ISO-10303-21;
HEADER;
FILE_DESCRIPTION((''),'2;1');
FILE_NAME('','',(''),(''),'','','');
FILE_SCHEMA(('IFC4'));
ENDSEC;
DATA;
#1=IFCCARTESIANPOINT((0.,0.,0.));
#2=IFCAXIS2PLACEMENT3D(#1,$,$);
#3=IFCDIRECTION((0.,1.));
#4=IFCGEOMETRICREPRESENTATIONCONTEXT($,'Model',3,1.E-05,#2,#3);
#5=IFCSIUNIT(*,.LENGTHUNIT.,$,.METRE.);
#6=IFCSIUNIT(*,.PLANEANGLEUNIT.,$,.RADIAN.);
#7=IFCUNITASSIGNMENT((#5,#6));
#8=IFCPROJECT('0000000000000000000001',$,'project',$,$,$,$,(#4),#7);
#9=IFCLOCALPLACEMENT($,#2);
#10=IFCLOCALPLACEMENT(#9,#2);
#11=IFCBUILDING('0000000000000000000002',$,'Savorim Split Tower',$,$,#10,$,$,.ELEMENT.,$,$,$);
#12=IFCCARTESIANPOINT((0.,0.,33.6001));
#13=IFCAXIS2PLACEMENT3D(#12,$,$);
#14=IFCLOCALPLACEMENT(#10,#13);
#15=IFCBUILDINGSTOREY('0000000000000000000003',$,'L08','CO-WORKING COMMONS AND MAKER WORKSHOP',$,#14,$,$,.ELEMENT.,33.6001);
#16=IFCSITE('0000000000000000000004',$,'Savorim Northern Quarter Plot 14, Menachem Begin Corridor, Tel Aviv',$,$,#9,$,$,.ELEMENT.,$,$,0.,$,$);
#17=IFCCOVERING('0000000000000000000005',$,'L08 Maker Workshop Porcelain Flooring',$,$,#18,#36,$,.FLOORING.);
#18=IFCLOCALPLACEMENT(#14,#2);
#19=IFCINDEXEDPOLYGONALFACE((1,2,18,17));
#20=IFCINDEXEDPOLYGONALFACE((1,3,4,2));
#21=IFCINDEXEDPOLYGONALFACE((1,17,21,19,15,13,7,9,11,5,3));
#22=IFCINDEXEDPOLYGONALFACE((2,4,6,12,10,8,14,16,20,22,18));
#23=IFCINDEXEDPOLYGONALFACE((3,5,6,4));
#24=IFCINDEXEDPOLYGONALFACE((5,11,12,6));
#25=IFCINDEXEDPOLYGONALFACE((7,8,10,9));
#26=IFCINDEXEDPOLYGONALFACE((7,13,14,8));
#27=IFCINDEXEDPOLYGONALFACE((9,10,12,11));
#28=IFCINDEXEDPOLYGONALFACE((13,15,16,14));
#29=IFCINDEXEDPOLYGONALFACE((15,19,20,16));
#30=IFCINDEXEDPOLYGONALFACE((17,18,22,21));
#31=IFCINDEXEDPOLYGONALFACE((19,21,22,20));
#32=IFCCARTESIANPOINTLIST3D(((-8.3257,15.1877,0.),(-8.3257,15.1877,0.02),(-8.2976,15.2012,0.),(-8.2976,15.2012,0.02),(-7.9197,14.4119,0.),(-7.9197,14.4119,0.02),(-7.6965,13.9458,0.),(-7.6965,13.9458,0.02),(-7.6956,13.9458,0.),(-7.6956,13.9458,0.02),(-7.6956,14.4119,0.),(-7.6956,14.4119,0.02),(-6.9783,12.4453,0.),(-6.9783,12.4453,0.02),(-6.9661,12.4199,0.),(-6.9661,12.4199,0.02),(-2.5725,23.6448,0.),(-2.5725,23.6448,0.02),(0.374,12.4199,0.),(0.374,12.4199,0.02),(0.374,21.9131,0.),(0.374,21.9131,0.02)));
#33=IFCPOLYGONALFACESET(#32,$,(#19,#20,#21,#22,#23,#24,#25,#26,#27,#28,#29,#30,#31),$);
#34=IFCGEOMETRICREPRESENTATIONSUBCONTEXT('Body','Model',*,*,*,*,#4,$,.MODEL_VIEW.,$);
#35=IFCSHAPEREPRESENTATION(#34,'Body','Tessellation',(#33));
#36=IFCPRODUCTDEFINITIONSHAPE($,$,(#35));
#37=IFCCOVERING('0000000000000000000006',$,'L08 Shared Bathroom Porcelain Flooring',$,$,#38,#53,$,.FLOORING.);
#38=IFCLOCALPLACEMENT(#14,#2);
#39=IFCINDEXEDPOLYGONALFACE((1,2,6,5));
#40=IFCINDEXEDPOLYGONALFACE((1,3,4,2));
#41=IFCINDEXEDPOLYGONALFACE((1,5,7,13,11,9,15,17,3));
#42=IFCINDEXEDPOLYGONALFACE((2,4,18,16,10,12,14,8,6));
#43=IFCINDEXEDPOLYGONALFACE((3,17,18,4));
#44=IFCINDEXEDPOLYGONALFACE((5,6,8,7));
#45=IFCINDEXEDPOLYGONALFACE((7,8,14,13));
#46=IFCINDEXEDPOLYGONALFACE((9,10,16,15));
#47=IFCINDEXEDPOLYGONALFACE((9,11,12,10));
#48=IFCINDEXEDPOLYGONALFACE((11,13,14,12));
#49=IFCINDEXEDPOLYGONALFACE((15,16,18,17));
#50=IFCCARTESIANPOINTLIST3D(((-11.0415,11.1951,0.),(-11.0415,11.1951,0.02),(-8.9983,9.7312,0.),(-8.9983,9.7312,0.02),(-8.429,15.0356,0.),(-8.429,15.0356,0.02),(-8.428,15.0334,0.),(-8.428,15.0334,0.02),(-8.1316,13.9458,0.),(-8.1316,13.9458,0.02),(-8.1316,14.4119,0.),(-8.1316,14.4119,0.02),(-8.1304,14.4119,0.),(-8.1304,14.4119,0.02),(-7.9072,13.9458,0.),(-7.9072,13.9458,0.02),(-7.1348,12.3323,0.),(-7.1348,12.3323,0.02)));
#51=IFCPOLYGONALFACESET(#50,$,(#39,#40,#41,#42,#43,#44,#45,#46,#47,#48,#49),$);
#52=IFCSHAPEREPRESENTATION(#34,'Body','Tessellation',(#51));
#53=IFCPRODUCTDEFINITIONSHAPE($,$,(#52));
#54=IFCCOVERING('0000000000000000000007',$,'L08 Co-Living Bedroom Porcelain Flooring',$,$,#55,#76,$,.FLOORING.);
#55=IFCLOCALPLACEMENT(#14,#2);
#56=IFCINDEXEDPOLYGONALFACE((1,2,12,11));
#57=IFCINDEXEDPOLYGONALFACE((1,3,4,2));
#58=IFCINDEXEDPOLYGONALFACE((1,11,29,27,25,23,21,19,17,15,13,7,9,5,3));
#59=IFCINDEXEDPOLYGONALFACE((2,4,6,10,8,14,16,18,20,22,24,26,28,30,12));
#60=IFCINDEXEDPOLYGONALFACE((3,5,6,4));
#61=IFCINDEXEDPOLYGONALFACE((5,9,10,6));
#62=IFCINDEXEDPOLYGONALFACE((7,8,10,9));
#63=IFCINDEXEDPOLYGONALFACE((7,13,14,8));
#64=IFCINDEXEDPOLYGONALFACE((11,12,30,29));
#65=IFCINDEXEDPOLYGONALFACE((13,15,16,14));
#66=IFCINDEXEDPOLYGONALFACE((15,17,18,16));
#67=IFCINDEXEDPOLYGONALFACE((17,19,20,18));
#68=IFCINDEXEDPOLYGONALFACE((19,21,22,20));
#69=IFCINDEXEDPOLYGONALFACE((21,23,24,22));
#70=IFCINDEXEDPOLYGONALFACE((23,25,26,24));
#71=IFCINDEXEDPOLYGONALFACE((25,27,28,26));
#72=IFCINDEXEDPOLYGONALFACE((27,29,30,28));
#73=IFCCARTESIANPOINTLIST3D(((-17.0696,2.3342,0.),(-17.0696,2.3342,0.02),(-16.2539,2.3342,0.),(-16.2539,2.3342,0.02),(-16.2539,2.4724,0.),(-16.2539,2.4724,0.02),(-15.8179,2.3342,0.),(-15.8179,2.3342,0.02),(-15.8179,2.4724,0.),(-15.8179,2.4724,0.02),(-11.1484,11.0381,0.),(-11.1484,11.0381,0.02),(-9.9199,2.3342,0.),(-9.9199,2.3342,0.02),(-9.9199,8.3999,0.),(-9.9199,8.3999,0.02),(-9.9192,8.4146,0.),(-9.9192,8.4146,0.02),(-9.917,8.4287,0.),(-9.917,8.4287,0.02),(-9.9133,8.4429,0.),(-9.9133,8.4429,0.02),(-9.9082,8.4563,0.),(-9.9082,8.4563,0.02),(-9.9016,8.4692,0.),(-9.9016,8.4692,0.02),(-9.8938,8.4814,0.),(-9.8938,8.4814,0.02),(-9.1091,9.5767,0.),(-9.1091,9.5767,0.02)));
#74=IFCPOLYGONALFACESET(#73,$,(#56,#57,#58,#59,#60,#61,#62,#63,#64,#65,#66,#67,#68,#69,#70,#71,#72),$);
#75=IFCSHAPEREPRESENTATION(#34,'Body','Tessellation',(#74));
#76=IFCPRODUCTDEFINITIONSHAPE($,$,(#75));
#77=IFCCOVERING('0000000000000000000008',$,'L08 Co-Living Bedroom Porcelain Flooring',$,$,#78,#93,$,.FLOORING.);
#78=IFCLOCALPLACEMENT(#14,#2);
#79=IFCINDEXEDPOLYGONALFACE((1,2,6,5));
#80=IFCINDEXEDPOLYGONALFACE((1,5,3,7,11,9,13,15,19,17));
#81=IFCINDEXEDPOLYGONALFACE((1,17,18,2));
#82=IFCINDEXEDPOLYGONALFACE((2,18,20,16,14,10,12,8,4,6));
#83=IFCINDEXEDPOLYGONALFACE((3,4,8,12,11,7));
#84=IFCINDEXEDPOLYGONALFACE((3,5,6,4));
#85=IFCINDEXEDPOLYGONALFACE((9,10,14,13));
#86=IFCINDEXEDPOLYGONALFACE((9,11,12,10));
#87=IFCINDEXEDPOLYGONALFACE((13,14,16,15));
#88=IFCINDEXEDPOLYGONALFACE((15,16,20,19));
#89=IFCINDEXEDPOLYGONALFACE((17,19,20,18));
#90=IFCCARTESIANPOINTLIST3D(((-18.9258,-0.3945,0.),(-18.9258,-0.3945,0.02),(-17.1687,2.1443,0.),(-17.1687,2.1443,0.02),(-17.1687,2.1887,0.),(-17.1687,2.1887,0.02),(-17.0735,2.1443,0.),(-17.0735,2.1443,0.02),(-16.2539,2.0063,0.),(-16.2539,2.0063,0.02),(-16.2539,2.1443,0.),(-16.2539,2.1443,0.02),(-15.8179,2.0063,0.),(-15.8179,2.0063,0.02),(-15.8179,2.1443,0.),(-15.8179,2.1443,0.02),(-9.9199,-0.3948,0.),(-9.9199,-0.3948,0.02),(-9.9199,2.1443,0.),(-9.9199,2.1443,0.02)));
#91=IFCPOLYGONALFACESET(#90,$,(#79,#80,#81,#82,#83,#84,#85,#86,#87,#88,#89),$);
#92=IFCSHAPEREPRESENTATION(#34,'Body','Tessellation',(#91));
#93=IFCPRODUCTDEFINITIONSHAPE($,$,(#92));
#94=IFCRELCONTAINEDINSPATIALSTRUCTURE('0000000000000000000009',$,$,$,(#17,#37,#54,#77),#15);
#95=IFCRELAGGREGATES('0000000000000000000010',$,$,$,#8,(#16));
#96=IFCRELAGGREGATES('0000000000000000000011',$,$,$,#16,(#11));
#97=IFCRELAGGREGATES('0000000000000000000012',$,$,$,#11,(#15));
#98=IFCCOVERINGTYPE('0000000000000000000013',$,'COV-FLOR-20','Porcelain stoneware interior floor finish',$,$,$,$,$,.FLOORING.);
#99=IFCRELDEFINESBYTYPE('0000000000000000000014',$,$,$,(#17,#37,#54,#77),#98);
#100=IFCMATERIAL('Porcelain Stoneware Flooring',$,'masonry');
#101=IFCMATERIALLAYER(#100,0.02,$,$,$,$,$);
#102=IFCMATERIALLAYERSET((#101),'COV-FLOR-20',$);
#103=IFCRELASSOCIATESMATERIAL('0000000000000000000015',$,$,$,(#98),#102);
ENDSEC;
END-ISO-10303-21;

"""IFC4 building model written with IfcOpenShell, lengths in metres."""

from ifc_helpers import new_model, si_unit, direction, frame, origin, place, context, subcontext, project, spatial, polyline, outline, extrude, material, layer, layer_set, type_object, element, save


model = new_model("IFC4")

# Units and contexts
model_context = context("Model", 3, precision=1e-05, world=origin(), true_north=direction((0.0, 1.0)))
body_context = subcontext(model_context, "Body", "Model", "MODEL_VIEW")
ifc_project = project(units=[si_unit("LENGTHUNIT", "METRE"), si_unit("PLANEANGLEUNIT", "RADIAN")], contexts=[model_context])

# Site, building, storey
site_placement = place(None, origin())
site = spatial("IfcSite", under=ifc_project, at=site_placement, Name="Savorim Northern Quarter Plot 14, Menachem Begin Corridor, Tel Aviv", CompositionType="ELEMENT", RefElevation=0.0)
building_placement = place(site_placement, origin())
building = spatial("IfcBuilding", under=site, at=building_placement, Name="Savorim Split Tower", CompositionType="ELEMENT")
storey_placement = place(building_placement, frame((0.0, 0.0, 33.6001)))
storey = spatial("IfcBuildingStorey", under=building, at=storey_placement, Name="L08", Description="CO-WORKING COMMONS AND MAKER WORKSHOP", CompositionType="ELEMENT", Elevation=33.6001)

# Coverings
ifc_material_1 = material(Name="Porcelain Stoneware Flooring", Category="masonry")
ifc_layer_1 = layer(ifc_material_1, 0.02)
ifc_layer_set_1 = layer_set([ifc_layer_1], Name="COV-FLOR-20")
covering_type_1 = type_object("IfcCoveringType", Name="COV-FLOR-20", Description="Porcelain stoneware interior floor finish", PredefinedType="FLOORING", material=ifc_layer_set_1)
covering_1_placement = place(storey_placement, origin())
element("IfcCovering", 1, at=covering_1_placement, inside=storey, type_object=covering_type_1, Name="L08 Maker Workshop Porcelain Flooring", PredefinedType="FLOORING", context=body_context, shape_type="SweptSolid", body=[
    extrude(outline(polyline([(-6.9661, 12.4199), (0.374, 12.4199), (0.374, 21.9131), (-2.5725, 23.6448), (-8.3257, 15.1877), (-8.2976, 15.2012), (-7.9197, 14.4119), (-7.6956, 14.4119), (-7.6956, 13.9458), (-7.6965, 13.9458), (-6.9783, 12.4453), (-6.9661, 12.4199)])), origin(), (0.0, 0.0, 1.0), 0.02),
])
covering_2_placement = place(storey_placement, origin())
element("IfcCovering", 2, at=covering_2_placement, inside=storey, type_object=covering_type_1, Name="L08 Shared Bathroom Porcelain Flooring", PredefinedType="FLOORING", context=body_context, shape_type="SweptSolid", body=[
    extrude(outline(polyline([(-8.1316, 14.4119), (-8.1304, 14.4119), (-8.428, 15.0334), (-8.429, 15.0356), (-11.0415, 11.1951), (-8.9983, 9.7312), (-7.1348, 12.3323), (-7.9072, 13.9458), (-8.1316, 13.9458), (-8.1316, 14.4119)])), origin(), (0.0, 0.0, 1.0), 0.02),
])
covering_3_placement = place(storey_placement, origin())
element("IfcCovering", 3, at=covering_3_placement, inside=storey, type_object=covering_type_1, Name="L08 Co-Living Bedroom Porcelain Flooring", PredefinedType="FLOORING", context=body_context, shape_type="SweptSolid", body=[
    extrude(outline(polyline([(-9.9082, 8.4563), (-9.9016, 8.4692), (-9.8938, 8.4814), (-9.1091, 9.5767), (-11.1484, 11.0381), (-17.0696, 2.3342), (-16.2539, 2.3342), (-16.2539, 2.4724), (-15.8179, 2.4724), (-15.8179, 2.3342), (-9.9199, 2.3342), (-9.9199, 8.3999), (-9.9192, 8.4146), (-9.917, 8.4287), (-9.9133, 8.4429), (-9.9082, 8.4563)])), origin(), (0.0, 0.0, 1.0), 0.02),
])
covering_4_placement = place(storey_placement, origin())
element("IfcCovering", 4, at=covering_4_placement, inside=storey, type_object=covering_type_1, Name="L08 Co-Living Bedroom Porcelain Flooring", PredefinedType="FLOORING", context=body_context, shape_type="SweptSolid", body=[
    extrude(outline(polyline([(-16.2539, 2.1443), (-17.0735, 2.1443), (-17.1687, 2.1443), (-17.1687, 2.1887), (-18.9258, -0.3945), (-9.9199, -0.3948), (-9.9199, 2.1443), (-15.8179, 2.1443), (-15.8179, 2.0063), (-16.2539, 2.0063), (-16.2539, 2.1443)])), origin(), (0.0, 0.0, 1.0), 0.02),
])

save(model, "model.ifc")
